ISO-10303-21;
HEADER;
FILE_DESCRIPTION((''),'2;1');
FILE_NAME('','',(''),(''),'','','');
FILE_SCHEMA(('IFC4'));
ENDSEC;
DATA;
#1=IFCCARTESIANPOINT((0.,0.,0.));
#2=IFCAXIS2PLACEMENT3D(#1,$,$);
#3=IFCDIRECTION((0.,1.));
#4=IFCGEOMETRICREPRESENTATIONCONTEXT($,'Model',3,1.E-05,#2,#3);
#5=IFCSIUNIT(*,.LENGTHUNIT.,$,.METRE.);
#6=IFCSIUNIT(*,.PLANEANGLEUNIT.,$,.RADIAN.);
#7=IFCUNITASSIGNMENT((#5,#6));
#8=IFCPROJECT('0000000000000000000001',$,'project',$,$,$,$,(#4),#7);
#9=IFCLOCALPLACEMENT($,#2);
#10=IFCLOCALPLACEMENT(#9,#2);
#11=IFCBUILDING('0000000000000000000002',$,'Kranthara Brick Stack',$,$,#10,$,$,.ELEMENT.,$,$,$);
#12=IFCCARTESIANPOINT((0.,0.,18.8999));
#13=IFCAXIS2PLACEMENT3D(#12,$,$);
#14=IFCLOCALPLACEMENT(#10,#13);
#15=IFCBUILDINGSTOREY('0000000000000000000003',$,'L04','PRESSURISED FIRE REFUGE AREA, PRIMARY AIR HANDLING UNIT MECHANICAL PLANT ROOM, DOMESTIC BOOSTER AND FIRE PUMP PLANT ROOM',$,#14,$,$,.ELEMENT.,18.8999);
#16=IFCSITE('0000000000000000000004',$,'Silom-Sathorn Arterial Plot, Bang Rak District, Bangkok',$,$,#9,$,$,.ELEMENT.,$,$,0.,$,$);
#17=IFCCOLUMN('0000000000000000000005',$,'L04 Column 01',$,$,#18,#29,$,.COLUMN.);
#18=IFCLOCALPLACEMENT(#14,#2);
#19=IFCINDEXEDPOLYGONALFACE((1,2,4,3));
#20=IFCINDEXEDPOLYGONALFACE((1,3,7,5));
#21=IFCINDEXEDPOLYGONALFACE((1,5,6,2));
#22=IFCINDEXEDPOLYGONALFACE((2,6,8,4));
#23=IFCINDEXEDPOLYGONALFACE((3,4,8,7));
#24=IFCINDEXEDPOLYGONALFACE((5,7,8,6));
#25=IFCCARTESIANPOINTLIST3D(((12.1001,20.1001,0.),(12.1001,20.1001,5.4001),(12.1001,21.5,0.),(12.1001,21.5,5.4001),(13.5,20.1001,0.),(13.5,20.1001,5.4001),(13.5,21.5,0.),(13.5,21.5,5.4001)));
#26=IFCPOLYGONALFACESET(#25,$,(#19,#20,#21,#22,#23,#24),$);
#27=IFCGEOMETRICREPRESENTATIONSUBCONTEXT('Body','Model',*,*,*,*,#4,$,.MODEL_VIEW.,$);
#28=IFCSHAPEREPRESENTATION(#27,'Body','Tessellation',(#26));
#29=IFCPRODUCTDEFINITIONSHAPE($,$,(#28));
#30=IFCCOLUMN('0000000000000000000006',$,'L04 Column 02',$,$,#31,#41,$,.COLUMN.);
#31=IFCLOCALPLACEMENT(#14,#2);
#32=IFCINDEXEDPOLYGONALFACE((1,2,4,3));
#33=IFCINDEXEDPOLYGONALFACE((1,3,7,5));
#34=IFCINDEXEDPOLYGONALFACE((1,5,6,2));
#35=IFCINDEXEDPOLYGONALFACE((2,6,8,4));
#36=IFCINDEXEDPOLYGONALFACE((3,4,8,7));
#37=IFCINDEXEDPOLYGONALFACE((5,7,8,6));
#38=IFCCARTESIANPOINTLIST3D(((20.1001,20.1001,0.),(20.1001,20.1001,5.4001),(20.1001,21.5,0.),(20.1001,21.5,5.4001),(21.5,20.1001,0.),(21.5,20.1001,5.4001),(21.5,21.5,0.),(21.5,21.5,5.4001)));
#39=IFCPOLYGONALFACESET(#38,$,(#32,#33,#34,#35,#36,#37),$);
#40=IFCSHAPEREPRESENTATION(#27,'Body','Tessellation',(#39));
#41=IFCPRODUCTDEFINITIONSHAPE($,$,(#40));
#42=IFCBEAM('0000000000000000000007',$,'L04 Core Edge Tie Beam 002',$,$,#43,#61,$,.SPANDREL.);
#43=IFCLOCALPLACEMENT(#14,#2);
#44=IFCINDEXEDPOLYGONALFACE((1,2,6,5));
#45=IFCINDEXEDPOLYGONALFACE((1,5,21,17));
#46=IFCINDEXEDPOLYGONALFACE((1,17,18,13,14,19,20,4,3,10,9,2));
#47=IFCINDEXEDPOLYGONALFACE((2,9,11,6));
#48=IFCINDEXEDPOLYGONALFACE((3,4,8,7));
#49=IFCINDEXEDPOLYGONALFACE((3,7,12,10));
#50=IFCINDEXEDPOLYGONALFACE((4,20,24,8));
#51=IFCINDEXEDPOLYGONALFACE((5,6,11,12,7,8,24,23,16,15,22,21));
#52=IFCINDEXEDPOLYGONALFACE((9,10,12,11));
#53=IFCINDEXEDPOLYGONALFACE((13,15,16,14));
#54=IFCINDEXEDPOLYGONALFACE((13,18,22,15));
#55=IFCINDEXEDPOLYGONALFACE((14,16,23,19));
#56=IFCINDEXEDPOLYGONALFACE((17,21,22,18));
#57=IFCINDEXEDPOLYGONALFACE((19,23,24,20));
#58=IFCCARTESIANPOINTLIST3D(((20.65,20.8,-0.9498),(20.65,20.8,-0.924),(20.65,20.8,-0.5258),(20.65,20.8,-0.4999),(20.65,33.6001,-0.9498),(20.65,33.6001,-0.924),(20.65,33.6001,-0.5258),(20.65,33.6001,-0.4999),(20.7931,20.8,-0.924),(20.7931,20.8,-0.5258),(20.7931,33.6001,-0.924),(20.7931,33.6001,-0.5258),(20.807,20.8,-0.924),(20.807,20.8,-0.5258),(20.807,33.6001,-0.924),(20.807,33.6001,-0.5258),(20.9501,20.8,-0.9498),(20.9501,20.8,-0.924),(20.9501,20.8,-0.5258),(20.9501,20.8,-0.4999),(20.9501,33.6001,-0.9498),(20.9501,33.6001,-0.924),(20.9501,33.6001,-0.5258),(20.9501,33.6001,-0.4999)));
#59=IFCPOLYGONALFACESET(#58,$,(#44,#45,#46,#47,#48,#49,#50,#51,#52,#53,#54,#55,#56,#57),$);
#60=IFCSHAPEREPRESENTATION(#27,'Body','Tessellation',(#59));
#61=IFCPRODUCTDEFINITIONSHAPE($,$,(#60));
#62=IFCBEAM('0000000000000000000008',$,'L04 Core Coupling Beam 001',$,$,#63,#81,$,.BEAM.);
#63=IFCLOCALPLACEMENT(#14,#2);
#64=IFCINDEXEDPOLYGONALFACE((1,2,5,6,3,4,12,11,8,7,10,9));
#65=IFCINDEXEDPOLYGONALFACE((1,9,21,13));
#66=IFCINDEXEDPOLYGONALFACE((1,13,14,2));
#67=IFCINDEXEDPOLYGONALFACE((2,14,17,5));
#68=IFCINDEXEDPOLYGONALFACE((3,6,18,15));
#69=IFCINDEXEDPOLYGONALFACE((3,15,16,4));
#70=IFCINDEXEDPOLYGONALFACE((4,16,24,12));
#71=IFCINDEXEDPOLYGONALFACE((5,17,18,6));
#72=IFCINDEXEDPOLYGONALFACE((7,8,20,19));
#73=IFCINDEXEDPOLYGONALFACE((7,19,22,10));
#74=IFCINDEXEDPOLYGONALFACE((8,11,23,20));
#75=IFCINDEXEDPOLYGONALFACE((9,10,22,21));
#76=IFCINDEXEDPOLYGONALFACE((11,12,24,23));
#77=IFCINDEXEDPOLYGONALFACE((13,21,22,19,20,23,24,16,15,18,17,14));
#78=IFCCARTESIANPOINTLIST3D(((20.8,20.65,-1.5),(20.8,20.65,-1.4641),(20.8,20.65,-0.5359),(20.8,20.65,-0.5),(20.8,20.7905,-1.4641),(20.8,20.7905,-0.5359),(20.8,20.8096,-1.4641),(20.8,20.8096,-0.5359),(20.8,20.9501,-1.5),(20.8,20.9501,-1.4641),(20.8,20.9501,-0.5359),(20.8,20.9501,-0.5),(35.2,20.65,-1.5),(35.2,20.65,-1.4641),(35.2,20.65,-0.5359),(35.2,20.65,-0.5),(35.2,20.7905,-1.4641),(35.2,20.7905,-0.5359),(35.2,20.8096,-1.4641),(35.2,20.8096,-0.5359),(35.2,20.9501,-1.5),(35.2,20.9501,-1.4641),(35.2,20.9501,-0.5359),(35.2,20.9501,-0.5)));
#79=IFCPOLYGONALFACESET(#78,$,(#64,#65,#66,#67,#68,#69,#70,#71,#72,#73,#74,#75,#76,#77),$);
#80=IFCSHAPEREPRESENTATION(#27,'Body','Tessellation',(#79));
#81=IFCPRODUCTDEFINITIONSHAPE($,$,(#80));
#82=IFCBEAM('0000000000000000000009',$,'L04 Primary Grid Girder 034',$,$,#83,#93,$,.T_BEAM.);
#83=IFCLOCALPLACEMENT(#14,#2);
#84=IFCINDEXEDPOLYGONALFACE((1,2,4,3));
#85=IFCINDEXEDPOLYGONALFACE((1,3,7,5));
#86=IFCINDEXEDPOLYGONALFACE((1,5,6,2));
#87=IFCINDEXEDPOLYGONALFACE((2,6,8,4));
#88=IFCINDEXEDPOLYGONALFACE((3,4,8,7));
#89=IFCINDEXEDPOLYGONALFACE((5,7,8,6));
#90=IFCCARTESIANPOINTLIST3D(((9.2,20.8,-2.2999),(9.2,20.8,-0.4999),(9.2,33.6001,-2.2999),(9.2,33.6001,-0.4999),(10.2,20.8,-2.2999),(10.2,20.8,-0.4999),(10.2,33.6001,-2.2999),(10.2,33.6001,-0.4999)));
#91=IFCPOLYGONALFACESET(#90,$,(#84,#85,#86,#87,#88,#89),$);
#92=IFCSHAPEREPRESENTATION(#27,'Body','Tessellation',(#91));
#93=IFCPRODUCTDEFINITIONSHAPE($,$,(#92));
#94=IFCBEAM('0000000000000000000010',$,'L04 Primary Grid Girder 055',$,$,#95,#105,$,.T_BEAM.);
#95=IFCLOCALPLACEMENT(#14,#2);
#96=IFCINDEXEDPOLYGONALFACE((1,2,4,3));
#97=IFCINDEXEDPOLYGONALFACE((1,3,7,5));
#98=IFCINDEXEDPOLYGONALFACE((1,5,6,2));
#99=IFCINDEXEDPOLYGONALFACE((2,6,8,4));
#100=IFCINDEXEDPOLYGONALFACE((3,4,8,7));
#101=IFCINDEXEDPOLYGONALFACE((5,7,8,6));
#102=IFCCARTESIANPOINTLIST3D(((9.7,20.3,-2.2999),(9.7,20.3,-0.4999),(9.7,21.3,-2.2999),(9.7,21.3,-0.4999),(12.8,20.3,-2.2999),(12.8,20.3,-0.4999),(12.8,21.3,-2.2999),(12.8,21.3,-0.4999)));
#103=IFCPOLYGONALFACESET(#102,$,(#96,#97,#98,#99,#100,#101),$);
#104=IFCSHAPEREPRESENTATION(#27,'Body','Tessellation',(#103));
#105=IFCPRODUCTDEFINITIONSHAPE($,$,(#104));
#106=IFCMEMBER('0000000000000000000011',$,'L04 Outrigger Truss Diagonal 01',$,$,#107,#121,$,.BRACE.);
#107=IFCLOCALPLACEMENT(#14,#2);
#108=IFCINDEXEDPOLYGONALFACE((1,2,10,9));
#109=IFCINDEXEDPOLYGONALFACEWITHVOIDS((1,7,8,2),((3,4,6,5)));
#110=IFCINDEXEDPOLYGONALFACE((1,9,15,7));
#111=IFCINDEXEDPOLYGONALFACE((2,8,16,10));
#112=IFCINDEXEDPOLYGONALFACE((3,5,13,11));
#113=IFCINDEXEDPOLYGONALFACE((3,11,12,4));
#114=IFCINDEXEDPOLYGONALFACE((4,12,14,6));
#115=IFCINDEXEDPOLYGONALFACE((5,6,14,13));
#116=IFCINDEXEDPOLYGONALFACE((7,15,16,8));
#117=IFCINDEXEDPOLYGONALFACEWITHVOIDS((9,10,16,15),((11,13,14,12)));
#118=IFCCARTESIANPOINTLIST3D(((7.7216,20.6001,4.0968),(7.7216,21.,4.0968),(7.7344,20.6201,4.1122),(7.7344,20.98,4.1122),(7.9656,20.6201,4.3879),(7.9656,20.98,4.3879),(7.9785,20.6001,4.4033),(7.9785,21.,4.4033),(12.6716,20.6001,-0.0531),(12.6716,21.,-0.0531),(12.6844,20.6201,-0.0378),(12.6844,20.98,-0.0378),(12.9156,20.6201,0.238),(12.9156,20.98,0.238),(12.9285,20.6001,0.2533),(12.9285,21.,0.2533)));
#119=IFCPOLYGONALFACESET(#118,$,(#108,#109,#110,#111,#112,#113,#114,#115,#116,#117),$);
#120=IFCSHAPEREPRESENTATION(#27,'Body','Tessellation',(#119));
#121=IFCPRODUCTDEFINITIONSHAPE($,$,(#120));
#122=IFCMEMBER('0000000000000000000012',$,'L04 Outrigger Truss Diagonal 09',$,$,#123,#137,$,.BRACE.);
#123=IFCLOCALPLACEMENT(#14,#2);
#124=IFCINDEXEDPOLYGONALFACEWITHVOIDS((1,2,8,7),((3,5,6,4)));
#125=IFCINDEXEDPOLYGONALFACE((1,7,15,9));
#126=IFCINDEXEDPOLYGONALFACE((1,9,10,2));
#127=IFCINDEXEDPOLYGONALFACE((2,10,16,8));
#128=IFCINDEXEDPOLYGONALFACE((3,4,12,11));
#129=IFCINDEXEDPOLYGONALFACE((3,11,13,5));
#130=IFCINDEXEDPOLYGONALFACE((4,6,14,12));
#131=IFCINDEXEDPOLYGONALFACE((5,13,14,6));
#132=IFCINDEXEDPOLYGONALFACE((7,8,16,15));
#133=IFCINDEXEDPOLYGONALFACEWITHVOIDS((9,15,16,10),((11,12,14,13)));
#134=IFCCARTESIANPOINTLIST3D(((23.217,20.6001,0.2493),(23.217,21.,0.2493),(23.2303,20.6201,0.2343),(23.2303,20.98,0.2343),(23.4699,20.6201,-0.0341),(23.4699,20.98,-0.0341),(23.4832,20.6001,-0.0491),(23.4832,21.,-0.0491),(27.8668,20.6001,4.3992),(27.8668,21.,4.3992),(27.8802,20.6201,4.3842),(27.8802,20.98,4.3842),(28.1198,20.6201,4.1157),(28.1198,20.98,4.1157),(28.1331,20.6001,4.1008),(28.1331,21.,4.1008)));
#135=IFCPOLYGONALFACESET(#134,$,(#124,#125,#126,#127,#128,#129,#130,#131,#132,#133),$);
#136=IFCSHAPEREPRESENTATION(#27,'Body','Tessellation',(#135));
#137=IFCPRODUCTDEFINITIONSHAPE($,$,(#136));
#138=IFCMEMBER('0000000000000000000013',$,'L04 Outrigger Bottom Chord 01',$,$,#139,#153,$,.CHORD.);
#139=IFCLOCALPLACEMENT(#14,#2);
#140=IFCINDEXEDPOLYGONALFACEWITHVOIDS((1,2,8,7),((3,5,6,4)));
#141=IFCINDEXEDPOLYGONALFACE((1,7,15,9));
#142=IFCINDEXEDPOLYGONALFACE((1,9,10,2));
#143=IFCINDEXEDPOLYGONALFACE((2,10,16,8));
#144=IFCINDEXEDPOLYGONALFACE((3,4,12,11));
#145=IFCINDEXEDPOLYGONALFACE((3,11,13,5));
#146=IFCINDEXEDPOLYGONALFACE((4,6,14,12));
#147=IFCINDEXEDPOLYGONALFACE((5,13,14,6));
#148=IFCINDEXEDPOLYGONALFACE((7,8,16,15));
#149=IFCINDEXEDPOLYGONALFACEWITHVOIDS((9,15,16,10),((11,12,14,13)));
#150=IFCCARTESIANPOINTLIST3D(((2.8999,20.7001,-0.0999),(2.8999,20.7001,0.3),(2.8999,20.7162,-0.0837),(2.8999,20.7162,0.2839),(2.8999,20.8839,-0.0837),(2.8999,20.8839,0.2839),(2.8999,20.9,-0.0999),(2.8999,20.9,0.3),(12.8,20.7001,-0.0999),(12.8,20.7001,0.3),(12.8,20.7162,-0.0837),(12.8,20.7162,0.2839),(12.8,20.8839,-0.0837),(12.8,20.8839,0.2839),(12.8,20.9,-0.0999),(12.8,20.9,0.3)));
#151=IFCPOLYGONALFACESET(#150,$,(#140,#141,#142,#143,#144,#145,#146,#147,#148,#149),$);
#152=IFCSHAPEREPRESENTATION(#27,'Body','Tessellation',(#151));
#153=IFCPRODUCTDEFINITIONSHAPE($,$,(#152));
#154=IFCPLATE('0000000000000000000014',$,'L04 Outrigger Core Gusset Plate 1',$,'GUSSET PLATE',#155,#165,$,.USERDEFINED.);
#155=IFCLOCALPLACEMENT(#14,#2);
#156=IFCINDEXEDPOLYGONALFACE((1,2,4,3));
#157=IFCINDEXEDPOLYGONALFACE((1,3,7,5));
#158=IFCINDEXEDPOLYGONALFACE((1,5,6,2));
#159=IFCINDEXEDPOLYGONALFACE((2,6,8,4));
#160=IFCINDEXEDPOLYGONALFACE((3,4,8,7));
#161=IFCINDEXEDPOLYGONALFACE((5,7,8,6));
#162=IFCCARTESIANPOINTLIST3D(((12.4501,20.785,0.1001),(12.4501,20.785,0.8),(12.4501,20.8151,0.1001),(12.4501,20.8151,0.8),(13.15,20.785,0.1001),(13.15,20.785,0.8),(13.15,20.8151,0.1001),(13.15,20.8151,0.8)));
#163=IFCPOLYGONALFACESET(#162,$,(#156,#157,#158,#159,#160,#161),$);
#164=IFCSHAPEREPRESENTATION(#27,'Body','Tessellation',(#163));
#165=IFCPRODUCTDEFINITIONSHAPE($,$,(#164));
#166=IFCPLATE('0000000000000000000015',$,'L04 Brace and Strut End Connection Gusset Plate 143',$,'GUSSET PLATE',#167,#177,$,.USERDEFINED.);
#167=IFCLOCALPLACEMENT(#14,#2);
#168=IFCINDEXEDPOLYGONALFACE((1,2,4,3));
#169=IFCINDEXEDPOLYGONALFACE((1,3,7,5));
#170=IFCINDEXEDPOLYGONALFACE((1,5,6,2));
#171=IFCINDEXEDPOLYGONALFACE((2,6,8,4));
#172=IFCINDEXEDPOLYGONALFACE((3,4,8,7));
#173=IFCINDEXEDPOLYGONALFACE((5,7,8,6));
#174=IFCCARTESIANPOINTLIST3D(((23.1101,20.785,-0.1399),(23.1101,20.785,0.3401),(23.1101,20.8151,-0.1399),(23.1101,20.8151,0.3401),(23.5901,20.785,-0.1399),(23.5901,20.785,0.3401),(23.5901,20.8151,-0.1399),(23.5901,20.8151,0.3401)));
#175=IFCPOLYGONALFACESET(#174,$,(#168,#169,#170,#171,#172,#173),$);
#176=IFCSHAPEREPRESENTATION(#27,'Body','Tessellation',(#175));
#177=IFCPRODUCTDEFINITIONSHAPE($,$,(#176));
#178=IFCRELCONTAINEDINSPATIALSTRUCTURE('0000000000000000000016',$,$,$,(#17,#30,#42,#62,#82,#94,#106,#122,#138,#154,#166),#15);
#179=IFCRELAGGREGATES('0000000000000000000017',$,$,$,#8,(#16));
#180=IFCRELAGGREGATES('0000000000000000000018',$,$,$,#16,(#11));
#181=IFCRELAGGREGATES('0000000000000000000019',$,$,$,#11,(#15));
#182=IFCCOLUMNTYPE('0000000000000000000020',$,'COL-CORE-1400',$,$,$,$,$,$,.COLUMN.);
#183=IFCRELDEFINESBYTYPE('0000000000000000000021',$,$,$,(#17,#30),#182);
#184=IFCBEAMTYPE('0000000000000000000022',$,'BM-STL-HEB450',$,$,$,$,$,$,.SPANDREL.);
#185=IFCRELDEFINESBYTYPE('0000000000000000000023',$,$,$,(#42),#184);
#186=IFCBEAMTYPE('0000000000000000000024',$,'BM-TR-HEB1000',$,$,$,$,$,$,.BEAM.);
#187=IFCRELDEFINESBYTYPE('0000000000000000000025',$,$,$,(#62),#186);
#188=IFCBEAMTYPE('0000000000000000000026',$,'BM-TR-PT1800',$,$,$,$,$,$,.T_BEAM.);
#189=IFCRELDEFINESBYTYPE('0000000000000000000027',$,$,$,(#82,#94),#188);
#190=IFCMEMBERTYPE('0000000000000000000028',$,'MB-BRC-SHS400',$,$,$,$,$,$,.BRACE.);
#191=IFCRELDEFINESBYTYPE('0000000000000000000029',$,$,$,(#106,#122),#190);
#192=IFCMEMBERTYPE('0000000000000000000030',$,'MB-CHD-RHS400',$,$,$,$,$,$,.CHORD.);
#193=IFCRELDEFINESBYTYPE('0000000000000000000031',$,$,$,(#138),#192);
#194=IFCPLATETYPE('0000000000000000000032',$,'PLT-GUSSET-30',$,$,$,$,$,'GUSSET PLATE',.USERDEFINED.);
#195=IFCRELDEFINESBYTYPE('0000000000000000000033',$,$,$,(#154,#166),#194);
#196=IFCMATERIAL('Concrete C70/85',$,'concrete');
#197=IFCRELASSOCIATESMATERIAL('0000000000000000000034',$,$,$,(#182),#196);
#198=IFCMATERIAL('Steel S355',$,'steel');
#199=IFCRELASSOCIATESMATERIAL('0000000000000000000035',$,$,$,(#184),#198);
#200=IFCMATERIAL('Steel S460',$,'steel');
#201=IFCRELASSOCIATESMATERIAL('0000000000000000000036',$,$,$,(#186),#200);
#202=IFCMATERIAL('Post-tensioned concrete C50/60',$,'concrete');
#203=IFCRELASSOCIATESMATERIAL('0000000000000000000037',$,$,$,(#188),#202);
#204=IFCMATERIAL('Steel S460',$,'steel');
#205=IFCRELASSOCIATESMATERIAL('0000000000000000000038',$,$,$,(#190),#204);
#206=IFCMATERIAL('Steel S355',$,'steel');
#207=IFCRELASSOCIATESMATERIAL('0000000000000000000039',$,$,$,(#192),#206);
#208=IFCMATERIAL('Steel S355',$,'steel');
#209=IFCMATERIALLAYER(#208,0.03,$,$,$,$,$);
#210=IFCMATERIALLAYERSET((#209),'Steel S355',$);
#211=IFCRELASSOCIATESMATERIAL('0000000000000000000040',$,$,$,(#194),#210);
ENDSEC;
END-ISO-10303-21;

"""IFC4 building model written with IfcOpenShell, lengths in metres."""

from ifc_helpers import new_model, si_unit, direction, frame, origin, origin_2d, place, context, subcontext, project, spatial, rectangle, hollow_rectangle, i_section, extrude, material, layer, layer_set, material_profile, profile_set, type_object, element, save


model = new_model("IFC4")

# Units and contexts
model_context = context("Model", 3, precision=1e-05, world=origin(), true_north=direction((0.0, 1.0)))
body_context = subcontext(model_context, "Body", "Model", "MODEL_VIEW")
ifc_project = project(units=[si_unit("LENGTHUNIT", "METRE"), si_unit("PLANEANGLEUNIT", "RADIAN")], contexts=[model_context])

# Site, building, storey
site_placement = place(None, origin())
site = spatial("IfcSite", under=ifc_project, at=site_placement, Name="Silom-Sathorn Arterial Plot, Bang Rak District, Bangkok", CompositionType="ELEMENT", RefElevation=0.0)
building_placement = place(site_placement, origin())
building = spatial("IfcBuilding", under=site, at=building_placement, Name="Kranthara Brick Stack", CompositionType="ELEMENT")
storey_placement = place(building_placement, frame((0.0, 0.0, 18.8999)))
storey = spatial("IfcBuildingStorey", under=building, at=storey_placement, Name="L04", Description="PRESSURISED FIRE REFUGE AREA, PRIMARY AIR HANDLING UNIT MECHANICAL PLANT ROOM, DOMESTIC BOOSTER AND FIRE PUMP PLANT ROOM", CompositionType="ELEMENT", Elevation=18.8999)

# Columns
ifc_material_1 = material(Name="Concrete C70/85", Category="concrete")
ifc_material_profile_1 = material_profile(ifc_material_1, rectangle(XDim=1.3999, YDim=1.3999, at=origin_2d()), Name="RC 1400x1400")
ifc_profile_set_1 = profile_set([ifc_material_profile_1], Name="Concrete C70/85")
column_type = type_object("IfcColumnType", Name="COL-CORE-1400", PredefinedType="COLUMN", material=ifc_profile_set_1)
for number, where, z_axis, x_axis, name in (
    (1, (12.8, 20.8, 0.0), (0.0, 0.0, 1.0), (1.0, 0.0, 0.0), "L04 Column 01"),
    (2, (20.8, 20.8, 0.0), (0.0, 0.0, 1.0), (1.0, 0.0, 0.0), "L04 Column 02"),
):
    element("IfcColumn", number, at=place(storey_placement, frame(where, z_axis=z_axis, x_axis=x_axis)), inside=storey, type_object=column_type, Name=name, PredefinedType="COLUMN", context=body_context, shape_type="SweptSolid", body=[
        extrude(rectangle(XDim=1.3999, YDim=1.3999, at=origin_2d()), origin(), (0.0, 0.0, 1.0), 5.4001),
    ])

# Beams
ifc_material_2 = material(Name="Steel S355", Category="steel")
ifc_material_profile_2 = material_profile(ifc_material_2, i_section(OverallWidth=0.3, OverallDepth=0.45, WebThickness=0.0139, FlangeThickness=0.0259, at=origin_2d()), Name="HEB 450")
ifc_profile_set_2 = profile_set([ifc_material_profile_2], Name="Steel S355")
beam_type_1 = type_object("IfcBeamType", Name="BM-STL-HEB450", PredefinedType="SPANDREL", material=ifc_profile_set_2)
beam_1_placement = place(storey_placement, frame((20.8, 20.8, -0.7249), z_axis=(0.0, 1.0, 0.0), x_axis=(-1.0, 0.0, 0.0)))
element("IfcBeam", 3, at=beam_1_placement, inside=storey, type_object=beam_type_1, Name="L04 Core Edge Tie Beam 002", PredefinedType="SPANDREL", context=body_context, shape_type="SweptSolid", body=[
    extrude(i_section(OverallWidth=0.3, OverallDepth=0.45, WebThickness=0.0139, FlangeThickness=0.0259, at=origin_2d()), origin(), (0.0, 0.0, 1.0), 12.8),
])
ifc_material_3 = material(Name="Steel S460", Category="steel")
ifc_material_profile_3 = material_profile(ifc_material_3, i_section(OverallWidth=0.3, OverallDepth=1.0, WebThickness=0.019, FlangeThickness=0.0359, at=origin_2d()), Name="HEB 1000")
ifc_profile_set_3 = profile_set([ifc_material_profile_3], Name="Steel S460")
beam_type_2 = type_object("IfcBeamType", Name="BM-TR-HEB1000", PredefinedType="BEAM", material=ifc_profile_set_3)
beam_2_placement = place(storey_placement, frame((20.8, 20.8, -1.0), z_axis=(1.0, 0.0, 0.0), x_axis=(0.0, 1.0, 0.0)))
element("IfcBeam", 4, at=beam_2_placement, inside=storey, type_object=beam_type_2, Name="L04 Core Coupling Beam 001", PredefinedType="BEAM", context=body_context, shape_type="SweptSolid", body=[
    extrude(i_section(OverallWidth=0.3, OverallDepth=1.0, WebThickness=0.019, FlangeThickness=0.0359, at=origin_2d()), origin(), (0.0, 0.0, 1.0), 14.3999),
])
ifc_material_4 = material(Name="Post-tensioned concrete C50/60", Category="concrete")
ifc_material_profile_4 = material_profile(ifc_material_4, rectangle(XDim=1.0, YDim=1.8, at=origin_2d()), Name="PT 1000x1800")
ifc_profile_set_4 = profile_set([ifc_material_profile_4], Name="Post-tensioned concrete C50/60")
beam_type_3 = type_object("IfcBeamType", Name="BM-TR-PT1800", PredefinedType="T_BEAM", material=ifc_profile_set_4)
beam_3_placement = place(storey_placement, frame((9.7, 20.8, -1.3999), z_axis=(0.0, 1.0, 0.0), x_axis=(-1.0, 0.0, 0.0)))
element("IfcBeam", 5, at=beam_3_placement, inside=storey, type_object=beam_type_3, Name="L04 Primary Grid Girder 034", PredefinedType="T_BEAM", context=body_context, shape_type="SweptSolid", body=[
    extrude(rectangle(XDim=1.0, YDim=1.8, at=origin_2d()), origin(), (0.0, 0.0, 1.0), 12.8),
])
beam_4_placement = place(storey_placement, frame((9.7, 20.8, -1.3999), z_axis=(1.0, 0.0, 0.0), x_axis=(0.0, 1.0, 0.0)))
element("IfcBeam", 6, at=beam_4_placement, inside=storey, type_object=beam_type_3, Name="L04 Primary Grid Girder 055", PredefinedType="T_BEAM", context=body_context, shape_type="SweptSolid", body=[
    extrude(rectangle(XDim=1.0, YDim=1.8, at=origin_2d()), origin(), (0.0, 0.0, 1.0), 3.1001),
])

# Members
ifc_material_5 = material(Name="Steel S460", Category="steel")
ifc_material_profile_5 = material_profile(ifc_material_5, hollow_rectangle(XDim=0.3999, YDim=0.3999, WallThickness=0.02, at=origin_2d()), Name="SHS 400x400x20")
ifc_profile_set_5 = profile_set([ifc_material_profile_5], Name="Steel S460")
member_type_1 = type_object("IfcMemberType", Name="MB-BRC-SHS400", PredefinedType="BRACE", material=ifc_profile_set_5)
member_1_placement = place(storey_placement, frame((12.8, 20.8, 0.1001), z_axis=(-0.766319, 0.0, 0.642461), x_axis=(0.0, -1.0, 0.0)))
element("IfcMember", 7, at=member_1_placement, inside=storey, type_object=member_type_1, Name="L04 Outrigger Truss Diagonal 01", PredefinedType="BRACE", context=body_context, shape_type="SweptSolid", body=[
    extrude(hollow_rectangle(XDim=0.3999, YDim=0.3999, WallThickness=0.02, at=origin_2d()), origin(), (0.0, 0.0, 1.0), 6.4595),
])
member_2_placement = place(storey_placement, frame((23.3501, 20.8, 0.1001), z_axis=(0.746081, 0.0, 0.665855), x_axis=(0.0, 1.0, 0.0)))
element("IfcMember", 8, at=member_2_placement, inside=storey, type_object=member_type_1, Name="L04 Outrigger Truss Diagonal 09", PredefinedType="BRACE", context=body_context, shape_type="SweptSolid", body=[
    extrude(hollow_rectangle(XDim=0.3999, YDim=0.3999, WallThickness=0.02, at=origin_2d()), origin(), (0.0, 0.0, 1.0), 6.2324),
])
ifc_material_6 = material(Name="Steel S355", Category="steel")
ifc_material_profile_6 = material_profile(ifc_material_6, hollow_rectangle(XDim=0.2, YDim=0.3999, WallThickness=0.0161, at=origin_2d()), Name="RHS 200x400x16")
ifc_profile_set_6 = profile_set([ifc_material_profile_6], Name="Steel S355")
member_type_2 = type_object("IfcMemberType", Name="MB-CHD-RHS400", PredefinedType="CHORD", material=ifc_profile_set_6)
member_3_placement = place(storey_placement, frame((12.8, 20.8, 0.1001), z_axis=(-1.0, 0.0, 0.0), x_axis=(0.0, -1.0, 0.0)))
element("IfcMember", 9, at=member_3_placement, inside=storey, type_object=member_type_2, Name="L04 Outrigger Bottom Chord 01", PredefinedType="CHORD", context=body_context, shape_type="SweptSolid", body=[
    extrude(hollow_rectangle(XDim=0.2, YDim=0.3999, WallThickness=0.0161, at=origin_2d()), origin(), (0.0, 0.0, 1.0), 9.9001),
])

# Plates
ifc_material_7 = material(Name="Steel S355", Category="steel")
ifc_layer_1 = layer(ifc_material_7, 0.03)
ifc_layer_set_1 = layer_set([ifc_layer_1], Name="Steel S355")
plate_type = type_object("IfcPlateType", Name="PLT-GUSSET-30", ElementType="GUSSET PLATE", PredefinedType="USERDEFINED", material=ifc_layer_set_1)
plate_1_placement = place(storey_placement, frame((12.8, 20.8, 0.1001), z_axis=(0.0, 0.0, 1.0), x_axis=(1.0, 0.0, 0.0)))
element("IfcPlate", 10, at=plate_1_placement, inside=storey, type_object=plate_type, Name="L04 Outrigger Core Gusset Plate 1", ObjectType="GUSSET PLATE", PredefinedType="USERDEFINED", context=body_context, shape_type="SweptSolid", body=[
    extrude(rectangle(XDim=0.7, YDim=0.03, at=origin_2d()), origin(), (0.0, 0.0, 1.0), 0.7),
])
plate_2_placement = place(storey_placement, frame((23.3501, 20.8, -0.1399), z_axis=(0.0, 0.0, 1.0), x_axis=(1.0, 0.0, 0.0)))
element("IfcPlate", 11, at=plate_2_placement, inside=storey, type_object=plate_type, Name="L04 Brace and Strut End Connection Gusset Plate 143", ObjectType="GUSSET PLATE", PredefinedType="USERDEFINED", context=body_context, shape_type="SweptSolid", body=[
    extrude(rectangle(XDim=0.48, YDim=0.03, at=origin_2d()), origin(), (0.0, 0.0, 1.0), 0.48),
])

save(model, "model.ifc")
